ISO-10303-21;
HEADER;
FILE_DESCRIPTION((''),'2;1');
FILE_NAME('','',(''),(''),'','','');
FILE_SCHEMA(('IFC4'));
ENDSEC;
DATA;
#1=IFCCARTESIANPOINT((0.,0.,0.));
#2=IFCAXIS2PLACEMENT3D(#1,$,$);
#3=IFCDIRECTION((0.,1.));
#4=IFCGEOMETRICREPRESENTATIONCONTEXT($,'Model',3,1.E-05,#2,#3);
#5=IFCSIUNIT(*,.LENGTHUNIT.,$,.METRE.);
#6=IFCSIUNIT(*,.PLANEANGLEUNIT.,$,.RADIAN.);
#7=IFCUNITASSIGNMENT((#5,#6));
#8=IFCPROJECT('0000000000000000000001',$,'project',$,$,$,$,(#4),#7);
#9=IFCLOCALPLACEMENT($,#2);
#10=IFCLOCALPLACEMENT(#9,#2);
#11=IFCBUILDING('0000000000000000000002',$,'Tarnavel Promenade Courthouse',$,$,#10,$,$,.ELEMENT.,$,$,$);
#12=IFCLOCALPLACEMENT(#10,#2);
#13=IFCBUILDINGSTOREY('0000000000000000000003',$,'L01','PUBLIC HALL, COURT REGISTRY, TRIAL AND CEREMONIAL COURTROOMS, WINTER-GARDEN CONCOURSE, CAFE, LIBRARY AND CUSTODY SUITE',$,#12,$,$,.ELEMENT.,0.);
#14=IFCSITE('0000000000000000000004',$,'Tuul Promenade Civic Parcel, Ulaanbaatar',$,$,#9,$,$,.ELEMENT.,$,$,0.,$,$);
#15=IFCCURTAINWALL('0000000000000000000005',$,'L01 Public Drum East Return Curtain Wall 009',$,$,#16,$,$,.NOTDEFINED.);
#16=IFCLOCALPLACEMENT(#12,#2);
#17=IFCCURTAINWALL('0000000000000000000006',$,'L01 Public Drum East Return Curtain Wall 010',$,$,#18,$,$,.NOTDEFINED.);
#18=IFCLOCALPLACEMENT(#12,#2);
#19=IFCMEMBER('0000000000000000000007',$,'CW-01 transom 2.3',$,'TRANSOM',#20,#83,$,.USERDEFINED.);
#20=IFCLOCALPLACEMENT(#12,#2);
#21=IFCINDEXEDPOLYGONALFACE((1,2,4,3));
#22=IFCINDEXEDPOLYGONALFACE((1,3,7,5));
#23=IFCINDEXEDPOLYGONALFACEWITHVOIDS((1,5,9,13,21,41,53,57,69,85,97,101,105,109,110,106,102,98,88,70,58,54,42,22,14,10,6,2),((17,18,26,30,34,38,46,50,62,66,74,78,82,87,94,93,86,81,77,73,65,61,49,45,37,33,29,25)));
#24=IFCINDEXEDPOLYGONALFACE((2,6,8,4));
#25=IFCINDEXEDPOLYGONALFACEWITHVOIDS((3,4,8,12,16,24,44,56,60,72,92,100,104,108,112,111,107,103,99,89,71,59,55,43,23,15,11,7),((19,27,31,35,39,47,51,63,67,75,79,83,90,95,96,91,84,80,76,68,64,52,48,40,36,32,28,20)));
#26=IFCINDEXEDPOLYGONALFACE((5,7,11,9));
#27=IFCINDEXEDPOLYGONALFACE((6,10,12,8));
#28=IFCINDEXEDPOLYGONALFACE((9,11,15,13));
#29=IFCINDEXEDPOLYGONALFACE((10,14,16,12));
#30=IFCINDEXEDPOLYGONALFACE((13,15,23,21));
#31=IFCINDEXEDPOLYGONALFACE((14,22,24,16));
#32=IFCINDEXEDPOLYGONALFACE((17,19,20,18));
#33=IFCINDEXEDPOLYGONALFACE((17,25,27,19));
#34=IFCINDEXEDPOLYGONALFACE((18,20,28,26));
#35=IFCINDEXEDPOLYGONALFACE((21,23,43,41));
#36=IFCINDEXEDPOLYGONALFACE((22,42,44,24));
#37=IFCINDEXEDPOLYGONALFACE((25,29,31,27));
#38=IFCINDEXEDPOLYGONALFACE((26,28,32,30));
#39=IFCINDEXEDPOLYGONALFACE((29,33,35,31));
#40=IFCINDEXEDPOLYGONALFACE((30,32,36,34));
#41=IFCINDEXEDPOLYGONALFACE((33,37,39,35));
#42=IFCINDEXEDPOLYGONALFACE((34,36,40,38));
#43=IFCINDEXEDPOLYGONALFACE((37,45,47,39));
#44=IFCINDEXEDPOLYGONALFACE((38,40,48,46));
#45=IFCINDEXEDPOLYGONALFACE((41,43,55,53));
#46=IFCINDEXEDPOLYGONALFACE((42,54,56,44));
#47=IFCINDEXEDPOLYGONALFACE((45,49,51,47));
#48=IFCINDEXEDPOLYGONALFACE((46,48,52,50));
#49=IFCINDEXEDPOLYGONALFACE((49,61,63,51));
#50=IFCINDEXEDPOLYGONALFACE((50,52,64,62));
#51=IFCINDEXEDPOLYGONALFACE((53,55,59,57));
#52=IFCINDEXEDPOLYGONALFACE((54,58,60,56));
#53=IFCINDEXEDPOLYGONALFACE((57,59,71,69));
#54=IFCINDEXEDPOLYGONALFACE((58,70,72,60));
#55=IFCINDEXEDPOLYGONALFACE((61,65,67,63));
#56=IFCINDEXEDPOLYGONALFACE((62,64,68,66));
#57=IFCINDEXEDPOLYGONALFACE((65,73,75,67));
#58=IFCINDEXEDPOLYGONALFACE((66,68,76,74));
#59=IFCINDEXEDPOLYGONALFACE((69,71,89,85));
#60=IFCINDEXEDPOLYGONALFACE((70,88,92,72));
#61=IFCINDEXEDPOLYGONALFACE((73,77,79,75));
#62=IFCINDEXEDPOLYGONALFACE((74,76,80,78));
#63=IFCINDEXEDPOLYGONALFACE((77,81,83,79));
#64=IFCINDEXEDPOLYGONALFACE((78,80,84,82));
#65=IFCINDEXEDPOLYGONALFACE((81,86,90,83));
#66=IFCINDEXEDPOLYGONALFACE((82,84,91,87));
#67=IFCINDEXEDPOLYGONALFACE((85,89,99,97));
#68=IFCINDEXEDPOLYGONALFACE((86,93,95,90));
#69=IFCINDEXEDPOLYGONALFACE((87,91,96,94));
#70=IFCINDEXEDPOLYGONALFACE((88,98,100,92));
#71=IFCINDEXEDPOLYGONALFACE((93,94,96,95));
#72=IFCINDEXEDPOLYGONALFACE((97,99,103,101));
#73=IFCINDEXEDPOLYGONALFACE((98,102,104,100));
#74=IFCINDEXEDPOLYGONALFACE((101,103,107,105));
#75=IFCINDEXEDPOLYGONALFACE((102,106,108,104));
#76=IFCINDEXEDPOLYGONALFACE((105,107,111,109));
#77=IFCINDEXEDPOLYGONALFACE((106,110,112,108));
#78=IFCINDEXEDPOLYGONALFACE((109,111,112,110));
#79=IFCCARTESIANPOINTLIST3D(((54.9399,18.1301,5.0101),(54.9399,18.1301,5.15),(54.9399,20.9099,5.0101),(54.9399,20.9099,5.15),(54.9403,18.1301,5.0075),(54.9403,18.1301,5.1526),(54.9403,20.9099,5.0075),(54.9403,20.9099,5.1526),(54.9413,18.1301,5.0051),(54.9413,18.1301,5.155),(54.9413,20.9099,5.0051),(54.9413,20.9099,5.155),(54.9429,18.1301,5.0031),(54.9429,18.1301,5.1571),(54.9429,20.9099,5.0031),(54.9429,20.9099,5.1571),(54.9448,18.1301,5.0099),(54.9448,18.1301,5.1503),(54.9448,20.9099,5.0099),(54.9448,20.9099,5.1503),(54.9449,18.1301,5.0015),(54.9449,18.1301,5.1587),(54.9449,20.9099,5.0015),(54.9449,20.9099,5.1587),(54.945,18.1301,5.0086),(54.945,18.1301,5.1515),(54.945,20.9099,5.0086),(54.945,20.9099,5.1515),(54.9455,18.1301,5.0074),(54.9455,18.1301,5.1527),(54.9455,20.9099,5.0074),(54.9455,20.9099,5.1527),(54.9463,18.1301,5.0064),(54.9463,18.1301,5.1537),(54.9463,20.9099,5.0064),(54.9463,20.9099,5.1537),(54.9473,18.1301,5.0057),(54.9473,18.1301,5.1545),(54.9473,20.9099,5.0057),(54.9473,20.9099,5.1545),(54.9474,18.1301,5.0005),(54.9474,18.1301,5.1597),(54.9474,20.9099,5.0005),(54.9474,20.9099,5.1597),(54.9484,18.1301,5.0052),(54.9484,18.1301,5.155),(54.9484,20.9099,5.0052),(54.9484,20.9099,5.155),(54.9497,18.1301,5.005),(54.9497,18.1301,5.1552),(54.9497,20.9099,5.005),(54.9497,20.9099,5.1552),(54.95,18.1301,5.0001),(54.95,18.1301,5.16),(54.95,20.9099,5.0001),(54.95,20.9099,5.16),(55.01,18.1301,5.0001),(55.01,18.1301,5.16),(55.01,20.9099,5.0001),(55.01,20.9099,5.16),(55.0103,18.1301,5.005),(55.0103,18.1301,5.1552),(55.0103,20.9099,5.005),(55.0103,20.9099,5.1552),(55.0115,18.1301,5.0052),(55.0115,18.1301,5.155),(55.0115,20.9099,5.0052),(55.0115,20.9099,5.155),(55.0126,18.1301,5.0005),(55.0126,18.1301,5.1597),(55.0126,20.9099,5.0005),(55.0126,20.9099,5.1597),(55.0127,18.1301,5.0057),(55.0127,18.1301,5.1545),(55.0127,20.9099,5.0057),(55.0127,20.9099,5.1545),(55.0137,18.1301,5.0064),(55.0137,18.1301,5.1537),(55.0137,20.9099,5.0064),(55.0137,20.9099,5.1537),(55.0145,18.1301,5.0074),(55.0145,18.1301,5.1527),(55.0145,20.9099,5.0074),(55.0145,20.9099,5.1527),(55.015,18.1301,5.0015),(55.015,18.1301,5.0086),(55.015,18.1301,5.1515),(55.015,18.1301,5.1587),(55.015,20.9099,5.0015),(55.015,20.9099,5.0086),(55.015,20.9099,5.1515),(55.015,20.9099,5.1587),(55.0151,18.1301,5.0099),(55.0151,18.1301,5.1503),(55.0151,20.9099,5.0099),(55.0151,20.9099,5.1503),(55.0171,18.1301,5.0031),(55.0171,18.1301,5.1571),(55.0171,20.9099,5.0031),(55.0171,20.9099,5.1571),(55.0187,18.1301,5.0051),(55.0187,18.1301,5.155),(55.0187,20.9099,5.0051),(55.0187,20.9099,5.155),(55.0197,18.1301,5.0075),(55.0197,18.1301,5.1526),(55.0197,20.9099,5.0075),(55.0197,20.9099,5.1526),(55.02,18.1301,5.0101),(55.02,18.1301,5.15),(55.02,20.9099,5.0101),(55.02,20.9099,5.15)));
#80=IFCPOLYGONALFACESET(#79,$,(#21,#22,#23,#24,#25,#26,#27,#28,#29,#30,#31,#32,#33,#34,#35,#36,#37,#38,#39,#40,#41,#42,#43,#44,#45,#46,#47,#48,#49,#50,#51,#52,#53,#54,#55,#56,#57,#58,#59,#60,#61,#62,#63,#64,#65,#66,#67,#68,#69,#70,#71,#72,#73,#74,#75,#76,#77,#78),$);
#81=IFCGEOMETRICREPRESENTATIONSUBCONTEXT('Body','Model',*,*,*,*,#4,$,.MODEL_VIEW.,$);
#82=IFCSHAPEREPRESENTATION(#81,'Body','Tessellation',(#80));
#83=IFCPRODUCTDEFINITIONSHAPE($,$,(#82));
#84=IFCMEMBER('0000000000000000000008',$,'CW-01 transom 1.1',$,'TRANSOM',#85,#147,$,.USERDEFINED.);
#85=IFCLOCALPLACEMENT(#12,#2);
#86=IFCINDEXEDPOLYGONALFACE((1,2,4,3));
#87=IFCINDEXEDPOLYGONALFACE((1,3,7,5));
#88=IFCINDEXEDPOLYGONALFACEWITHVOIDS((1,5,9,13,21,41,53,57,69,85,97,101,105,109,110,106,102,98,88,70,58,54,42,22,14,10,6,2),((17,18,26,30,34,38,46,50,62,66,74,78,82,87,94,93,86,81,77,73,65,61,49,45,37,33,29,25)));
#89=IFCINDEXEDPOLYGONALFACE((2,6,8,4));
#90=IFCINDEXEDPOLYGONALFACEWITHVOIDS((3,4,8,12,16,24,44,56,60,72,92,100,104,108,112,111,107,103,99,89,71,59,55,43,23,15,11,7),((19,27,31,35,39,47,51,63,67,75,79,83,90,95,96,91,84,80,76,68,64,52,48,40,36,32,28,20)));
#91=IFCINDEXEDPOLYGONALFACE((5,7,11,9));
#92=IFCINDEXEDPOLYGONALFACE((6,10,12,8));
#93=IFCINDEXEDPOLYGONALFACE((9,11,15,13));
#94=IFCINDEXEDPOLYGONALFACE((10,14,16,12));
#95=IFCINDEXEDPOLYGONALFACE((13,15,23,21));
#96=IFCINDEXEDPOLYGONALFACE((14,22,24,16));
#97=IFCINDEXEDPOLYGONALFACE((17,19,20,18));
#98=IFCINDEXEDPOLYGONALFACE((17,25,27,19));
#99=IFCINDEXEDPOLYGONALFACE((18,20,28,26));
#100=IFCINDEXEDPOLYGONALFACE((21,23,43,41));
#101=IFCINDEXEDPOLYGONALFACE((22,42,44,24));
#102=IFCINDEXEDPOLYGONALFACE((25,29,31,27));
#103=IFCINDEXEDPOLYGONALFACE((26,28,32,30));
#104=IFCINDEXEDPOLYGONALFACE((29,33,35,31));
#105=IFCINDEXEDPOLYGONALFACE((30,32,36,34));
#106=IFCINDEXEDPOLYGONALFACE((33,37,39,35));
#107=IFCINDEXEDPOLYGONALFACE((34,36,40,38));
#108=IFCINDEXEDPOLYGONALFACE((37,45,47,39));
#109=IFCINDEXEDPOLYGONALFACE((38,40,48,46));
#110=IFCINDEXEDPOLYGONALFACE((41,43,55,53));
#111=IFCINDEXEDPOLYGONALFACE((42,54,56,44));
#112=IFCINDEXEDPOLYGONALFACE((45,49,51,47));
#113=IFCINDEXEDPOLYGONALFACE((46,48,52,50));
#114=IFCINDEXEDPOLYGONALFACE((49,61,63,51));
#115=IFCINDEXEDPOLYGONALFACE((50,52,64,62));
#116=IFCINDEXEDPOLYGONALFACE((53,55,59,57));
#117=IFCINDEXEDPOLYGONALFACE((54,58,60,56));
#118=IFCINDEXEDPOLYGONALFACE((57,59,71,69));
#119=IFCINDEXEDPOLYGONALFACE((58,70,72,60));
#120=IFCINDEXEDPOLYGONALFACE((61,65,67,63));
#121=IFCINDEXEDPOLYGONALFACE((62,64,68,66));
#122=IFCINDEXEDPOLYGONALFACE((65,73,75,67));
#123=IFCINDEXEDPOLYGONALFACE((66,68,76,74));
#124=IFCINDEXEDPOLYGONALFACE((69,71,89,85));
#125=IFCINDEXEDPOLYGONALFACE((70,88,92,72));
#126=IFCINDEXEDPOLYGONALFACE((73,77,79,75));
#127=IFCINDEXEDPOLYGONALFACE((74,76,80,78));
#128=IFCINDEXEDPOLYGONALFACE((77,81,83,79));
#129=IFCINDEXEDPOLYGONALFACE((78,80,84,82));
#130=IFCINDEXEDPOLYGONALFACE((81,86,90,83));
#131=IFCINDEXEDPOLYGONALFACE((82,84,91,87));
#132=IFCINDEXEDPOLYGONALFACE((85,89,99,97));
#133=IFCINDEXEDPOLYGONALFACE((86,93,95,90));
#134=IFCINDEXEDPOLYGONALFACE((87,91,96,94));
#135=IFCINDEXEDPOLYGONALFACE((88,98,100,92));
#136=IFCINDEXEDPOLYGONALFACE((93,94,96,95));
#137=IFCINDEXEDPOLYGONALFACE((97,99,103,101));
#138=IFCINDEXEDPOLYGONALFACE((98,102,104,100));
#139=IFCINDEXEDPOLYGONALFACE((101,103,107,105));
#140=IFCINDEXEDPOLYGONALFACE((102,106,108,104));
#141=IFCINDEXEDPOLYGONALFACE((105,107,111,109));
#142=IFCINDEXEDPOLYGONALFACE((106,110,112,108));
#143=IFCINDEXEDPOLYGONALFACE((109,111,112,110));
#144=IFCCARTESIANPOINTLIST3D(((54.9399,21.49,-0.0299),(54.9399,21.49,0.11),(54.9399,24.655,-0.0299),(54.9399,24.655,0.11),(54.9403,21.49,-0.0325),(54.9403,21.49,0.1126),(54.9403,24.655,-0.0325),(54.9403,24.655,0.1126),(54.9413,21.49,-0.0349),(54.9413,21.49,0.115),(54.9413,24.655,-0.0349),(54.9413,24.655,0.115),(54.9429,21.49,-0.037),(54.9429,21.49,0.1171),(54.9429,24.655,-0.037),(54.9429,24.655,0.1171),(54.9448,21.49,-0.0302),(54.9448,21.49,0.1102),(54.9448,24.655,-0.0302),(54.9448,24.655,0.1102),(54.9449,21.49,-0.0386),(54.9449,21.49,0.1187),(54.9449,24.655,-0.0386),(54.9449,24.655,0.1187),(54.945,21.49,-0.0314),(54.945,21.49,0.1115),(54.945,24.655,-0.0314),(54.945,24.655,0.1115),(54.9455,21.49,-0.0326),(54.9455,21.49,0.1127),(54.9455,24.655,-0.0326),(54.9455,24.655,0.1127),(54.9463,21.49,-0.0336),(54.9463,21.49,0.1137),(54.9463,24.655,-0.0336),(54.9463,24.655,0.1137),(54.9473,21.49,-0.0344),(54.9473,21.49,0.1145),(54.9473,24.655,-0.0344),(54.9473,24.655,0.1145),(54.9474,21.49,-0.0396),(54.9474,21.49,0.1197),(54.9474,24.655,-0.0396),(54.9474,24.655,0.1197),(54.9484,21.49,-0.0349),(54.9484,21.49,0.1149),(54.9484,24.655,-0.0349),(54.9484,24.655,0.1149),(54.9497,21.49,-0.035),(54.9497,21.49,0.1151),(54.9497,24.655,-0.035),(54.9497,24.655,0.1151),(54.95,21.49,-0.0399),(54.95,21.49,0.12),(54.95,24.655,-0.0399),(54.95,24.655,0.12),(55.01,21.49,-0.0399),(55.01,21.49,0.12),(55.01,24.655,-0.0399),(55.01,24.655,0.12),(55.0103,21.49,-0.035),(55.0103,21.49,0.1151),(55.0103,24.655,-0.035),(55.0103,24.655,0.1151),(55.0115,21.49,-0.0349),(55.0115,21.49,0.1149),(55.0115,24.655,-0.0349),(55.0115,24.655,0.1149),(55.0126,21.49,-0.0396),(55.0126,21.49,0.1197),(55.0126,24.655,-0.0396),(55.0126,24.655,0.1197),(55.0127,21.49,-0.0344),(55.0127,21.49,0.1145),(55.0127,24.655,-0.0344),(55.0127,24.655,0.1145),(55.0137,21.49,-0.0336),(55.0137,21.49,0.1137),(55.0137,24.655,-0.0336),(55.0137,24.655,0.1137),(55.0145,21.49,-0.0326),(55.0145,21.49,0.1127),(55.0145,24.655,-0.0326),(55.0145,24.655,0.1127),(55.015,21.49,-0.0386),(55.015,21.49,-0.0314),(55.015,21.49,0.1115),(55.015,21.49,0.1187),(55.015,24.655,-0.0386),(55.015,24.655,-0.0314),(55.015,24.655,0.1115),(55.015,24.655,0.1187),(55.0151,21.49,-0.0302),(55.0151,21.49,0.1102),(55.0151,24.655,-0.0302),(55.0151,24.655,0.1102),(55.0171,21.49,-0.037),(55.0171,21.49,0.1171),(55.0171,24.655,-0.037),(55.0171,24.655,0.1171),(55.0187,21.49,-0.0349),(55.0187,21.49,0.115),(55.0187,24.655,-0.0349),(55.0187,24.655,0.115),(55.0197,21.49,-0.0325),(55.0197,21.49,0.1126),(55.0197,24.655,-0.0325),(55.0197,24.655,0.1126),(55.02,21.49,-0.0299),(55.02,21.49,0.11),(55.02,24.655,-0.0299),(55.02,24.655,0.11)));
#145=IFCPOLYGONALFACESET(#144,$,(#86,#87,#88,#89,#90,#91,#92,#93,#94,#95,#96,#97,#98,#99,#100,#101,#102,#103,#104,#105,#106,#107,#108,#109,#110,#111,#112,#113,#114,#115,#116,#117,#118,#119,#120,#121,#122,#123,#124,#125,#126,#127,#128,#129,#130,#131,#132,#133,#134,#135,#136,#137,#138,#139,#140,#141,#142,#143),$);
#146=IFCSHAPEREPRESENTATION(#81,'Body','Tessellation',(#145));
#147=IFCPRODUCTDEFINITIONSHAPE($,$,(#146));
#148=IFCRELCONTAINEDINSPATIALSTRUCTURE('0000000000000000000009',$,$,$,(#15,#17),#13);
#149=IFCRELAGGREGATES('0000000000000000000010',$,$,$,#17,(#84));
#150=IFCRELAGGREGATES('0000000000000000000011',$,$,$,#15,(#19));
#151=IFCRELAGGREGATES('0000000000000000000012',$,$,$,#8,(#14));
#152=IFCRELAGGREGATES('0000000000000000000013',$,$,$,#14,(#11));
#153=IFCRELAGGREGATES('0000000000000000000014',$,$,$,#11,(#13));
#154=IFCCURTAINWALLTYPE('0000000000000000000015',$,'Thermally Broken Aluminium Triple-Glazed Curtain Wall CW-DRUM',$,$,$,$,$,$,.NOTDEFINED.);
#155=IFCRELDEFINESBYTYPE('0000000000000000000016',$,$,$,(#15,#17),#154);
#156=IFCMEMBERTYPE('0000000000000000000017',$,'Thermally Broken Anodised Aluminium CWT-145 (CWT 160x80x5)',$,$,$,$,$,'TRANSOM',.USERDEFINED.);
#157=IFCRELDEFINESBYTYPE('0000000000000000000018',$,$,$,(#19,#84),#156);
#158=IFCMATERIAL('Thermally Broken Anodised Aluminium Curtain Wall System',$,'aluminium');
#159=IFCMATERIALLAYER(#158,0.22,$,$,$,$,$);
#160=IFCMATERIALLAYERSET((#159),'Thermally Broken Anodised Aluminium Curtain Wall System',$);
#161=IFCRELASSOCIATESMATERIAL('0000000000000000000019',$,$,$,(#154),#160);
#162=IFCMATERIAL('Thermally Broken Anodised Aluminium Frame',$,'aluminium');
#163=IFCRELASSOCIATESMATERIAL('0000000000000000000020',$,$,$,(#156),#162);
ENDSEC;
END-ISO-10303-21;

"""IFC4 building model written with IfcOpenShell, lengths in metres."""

from ifc_helpers import new_model, si_unit, direction, frame, origin, origin_2d, place, context, subcontext, project, spatial, hollow_rectangle, extrude, material, layer, layer_set, material_profile, profile_set, type_object, element, aggregate, save


model = new_model("IFC4")

# Units and contexts
model_context = context("Model", 3, precision=1e-05, world=origin(), true_north=direction((0.0, 1.0)))
body_context = subcontext(model_context, "Body", "Model", "MODEL_VIEW")
ifc_project = project(units=[si_unit("LENGTHUNIT", "METRE"), si_unit("PLANEANGLEUNIT", "RADIAN")], contexts=[model_context])

# Site, building, storey
site_placement = place(None, origin())
site = spatial("IfcSite", under=ifc_project, at=site_placement, Name="Tuul Promenade Civic Parcel, Ulaanbaatar", CompositionType="ELEMENT", RefElevation=0.0)
building_placement = place(site_placement, origin())
building = spatial("IfcBuilding", under=site, at=building_placement, Name="Tarnavel Promenade Courthouse", CompositionType="ELEMENT")
storey_placement = place(building_placement, origin())
storey = spatial("IfcBuildingStorey", under=building, at=storey_placement, Name="L01", Description="PUBLIC HALL, COURT REGISTRY, TRIAL AND CEREMONIAL COURTROOMS, WINTER-GARDEN CONCOURSE, CAFE, LIBRARY AND CUSTODY SUITE", CompositionType="ELEMENT", Elevation=0.0)

# Curtain wall
ifc_material_1 = material(Name="Thermally Broken Anodised Aluminium Curtain Wall System", Category="aluminium")
ifc_layer_1 = layer(ifc_material_1, 0.22)
ifc_layer_set_1 = layer_set([ifc_layer_1], Name="Thermally Broken Anodised Aluminium Curtain Wall System")
curtain_wall_type = type_object("IfcCurtainWallType", Name="Thermally Broken Aluminium Triple-Glazed Curtain Wall CW-DRUM", PredefinedType="NOTDEFINED", material=ifc_layer_set_1)
ifc_material_2 = material(Name="Thermally Broken Anodised Aluminium Frame", Category="aluminium")
curtain_wall_1_placement = place(storey_placement, origin())
curtain_wall_1 = element("IfcCurtainWall", 1, at=curtain_wall_1_placement, inside=storey, type_object=curtain_wall_type, Name="L01 Public Drum East Return Curtain Wall 009", PredefinedType="NOTDEFINED")

# Curtain wall
curtain_wall_2_placement = place(storey_placement, origin())
curtain_wall_2 = element("IfcCurtainWall", 2, at=curtain_wall_2_placement, inside=storey, type_object=curtain_wall_type, Name="L01 Public Drum East Return Curtain Wall 010", PredefinedType="NOTDEFINED")

# Members
ifc_material_profile_1 = material_profile(ifc_material_2, hollow_rectangle(XDim=0.0801, YDim=0.1599, WallThickness=0.0049, InnerFilletRadius=0.0049, OuterFilletRadius=0.01, at=origin_2d()), Name="CWT 160x80x5")
ifc_profile_set_1 = profile_set([ifc_material_profile_1], Name="Thermally Broken Anodised Aluminium Frame")
member_type_1 = type_object("IfcMemberType", Name="Thermally Broken Anodised Aluminium CWT-145 (CWT 160x80x5)", ElementType="TRANSOM", PredefinedType="USERDEFINED", material=ifc_profile_set_1)
member_1_placement = place(storey_placement, frame((54.98, 18.1301, 5.0801), z_axis=(0.0, 1.0, 0.0), x_axis=(-1.0, 0.0, 0.0)))
member_1 = element("IfcMember", 3, at=member_1_placement, type_object=member_type_1, Name="CW-01 transom 2.3", ObjectType="TRANSOM", PredefinedType="USERDEFINED", context=body_context, shape_type="SweptSolid", body=[
    extrude(hollow_rectangle(XDim=0.0801, YDim=0.1599, WallThickness=0.0049, InnerFilletRadius=0.0049, OuterFilletRadius=0.01, at=origin_2d()), origin(), (0.0, 0.0, 1.0), 2.7798),
])
member_2_placement = place(storey_placement, frame((54.98, 21.49, 0.04), z_axis=(0.0, 1.0, 0.0), x_axis=(-1.0, 0.0, 0.0)))
member_2 = element("IfcMember", 4, at=member_2_placement, type_object=member_type_1, Name="CW-01 transom 1.1", ObjectType="TRANSOM", PredefinedType="USERDEFINED", context=body_context, shape_type="SweptSolid", body=[
    extrude(hollow_rectangle(XDim=0.0801, YDim=0.1599, WallThickness=0.0049, InnerFilletRadius=0.0049, OuterFilletRadius=0.01, at=origin_2d()), origin(), (0.0, 0.0, 1.0), 3.165),
])
aggregate(curtain_wall_2, [member_2])

aggregate(curtain_wall_1, [member_1])

save(model, "model.ifc")
